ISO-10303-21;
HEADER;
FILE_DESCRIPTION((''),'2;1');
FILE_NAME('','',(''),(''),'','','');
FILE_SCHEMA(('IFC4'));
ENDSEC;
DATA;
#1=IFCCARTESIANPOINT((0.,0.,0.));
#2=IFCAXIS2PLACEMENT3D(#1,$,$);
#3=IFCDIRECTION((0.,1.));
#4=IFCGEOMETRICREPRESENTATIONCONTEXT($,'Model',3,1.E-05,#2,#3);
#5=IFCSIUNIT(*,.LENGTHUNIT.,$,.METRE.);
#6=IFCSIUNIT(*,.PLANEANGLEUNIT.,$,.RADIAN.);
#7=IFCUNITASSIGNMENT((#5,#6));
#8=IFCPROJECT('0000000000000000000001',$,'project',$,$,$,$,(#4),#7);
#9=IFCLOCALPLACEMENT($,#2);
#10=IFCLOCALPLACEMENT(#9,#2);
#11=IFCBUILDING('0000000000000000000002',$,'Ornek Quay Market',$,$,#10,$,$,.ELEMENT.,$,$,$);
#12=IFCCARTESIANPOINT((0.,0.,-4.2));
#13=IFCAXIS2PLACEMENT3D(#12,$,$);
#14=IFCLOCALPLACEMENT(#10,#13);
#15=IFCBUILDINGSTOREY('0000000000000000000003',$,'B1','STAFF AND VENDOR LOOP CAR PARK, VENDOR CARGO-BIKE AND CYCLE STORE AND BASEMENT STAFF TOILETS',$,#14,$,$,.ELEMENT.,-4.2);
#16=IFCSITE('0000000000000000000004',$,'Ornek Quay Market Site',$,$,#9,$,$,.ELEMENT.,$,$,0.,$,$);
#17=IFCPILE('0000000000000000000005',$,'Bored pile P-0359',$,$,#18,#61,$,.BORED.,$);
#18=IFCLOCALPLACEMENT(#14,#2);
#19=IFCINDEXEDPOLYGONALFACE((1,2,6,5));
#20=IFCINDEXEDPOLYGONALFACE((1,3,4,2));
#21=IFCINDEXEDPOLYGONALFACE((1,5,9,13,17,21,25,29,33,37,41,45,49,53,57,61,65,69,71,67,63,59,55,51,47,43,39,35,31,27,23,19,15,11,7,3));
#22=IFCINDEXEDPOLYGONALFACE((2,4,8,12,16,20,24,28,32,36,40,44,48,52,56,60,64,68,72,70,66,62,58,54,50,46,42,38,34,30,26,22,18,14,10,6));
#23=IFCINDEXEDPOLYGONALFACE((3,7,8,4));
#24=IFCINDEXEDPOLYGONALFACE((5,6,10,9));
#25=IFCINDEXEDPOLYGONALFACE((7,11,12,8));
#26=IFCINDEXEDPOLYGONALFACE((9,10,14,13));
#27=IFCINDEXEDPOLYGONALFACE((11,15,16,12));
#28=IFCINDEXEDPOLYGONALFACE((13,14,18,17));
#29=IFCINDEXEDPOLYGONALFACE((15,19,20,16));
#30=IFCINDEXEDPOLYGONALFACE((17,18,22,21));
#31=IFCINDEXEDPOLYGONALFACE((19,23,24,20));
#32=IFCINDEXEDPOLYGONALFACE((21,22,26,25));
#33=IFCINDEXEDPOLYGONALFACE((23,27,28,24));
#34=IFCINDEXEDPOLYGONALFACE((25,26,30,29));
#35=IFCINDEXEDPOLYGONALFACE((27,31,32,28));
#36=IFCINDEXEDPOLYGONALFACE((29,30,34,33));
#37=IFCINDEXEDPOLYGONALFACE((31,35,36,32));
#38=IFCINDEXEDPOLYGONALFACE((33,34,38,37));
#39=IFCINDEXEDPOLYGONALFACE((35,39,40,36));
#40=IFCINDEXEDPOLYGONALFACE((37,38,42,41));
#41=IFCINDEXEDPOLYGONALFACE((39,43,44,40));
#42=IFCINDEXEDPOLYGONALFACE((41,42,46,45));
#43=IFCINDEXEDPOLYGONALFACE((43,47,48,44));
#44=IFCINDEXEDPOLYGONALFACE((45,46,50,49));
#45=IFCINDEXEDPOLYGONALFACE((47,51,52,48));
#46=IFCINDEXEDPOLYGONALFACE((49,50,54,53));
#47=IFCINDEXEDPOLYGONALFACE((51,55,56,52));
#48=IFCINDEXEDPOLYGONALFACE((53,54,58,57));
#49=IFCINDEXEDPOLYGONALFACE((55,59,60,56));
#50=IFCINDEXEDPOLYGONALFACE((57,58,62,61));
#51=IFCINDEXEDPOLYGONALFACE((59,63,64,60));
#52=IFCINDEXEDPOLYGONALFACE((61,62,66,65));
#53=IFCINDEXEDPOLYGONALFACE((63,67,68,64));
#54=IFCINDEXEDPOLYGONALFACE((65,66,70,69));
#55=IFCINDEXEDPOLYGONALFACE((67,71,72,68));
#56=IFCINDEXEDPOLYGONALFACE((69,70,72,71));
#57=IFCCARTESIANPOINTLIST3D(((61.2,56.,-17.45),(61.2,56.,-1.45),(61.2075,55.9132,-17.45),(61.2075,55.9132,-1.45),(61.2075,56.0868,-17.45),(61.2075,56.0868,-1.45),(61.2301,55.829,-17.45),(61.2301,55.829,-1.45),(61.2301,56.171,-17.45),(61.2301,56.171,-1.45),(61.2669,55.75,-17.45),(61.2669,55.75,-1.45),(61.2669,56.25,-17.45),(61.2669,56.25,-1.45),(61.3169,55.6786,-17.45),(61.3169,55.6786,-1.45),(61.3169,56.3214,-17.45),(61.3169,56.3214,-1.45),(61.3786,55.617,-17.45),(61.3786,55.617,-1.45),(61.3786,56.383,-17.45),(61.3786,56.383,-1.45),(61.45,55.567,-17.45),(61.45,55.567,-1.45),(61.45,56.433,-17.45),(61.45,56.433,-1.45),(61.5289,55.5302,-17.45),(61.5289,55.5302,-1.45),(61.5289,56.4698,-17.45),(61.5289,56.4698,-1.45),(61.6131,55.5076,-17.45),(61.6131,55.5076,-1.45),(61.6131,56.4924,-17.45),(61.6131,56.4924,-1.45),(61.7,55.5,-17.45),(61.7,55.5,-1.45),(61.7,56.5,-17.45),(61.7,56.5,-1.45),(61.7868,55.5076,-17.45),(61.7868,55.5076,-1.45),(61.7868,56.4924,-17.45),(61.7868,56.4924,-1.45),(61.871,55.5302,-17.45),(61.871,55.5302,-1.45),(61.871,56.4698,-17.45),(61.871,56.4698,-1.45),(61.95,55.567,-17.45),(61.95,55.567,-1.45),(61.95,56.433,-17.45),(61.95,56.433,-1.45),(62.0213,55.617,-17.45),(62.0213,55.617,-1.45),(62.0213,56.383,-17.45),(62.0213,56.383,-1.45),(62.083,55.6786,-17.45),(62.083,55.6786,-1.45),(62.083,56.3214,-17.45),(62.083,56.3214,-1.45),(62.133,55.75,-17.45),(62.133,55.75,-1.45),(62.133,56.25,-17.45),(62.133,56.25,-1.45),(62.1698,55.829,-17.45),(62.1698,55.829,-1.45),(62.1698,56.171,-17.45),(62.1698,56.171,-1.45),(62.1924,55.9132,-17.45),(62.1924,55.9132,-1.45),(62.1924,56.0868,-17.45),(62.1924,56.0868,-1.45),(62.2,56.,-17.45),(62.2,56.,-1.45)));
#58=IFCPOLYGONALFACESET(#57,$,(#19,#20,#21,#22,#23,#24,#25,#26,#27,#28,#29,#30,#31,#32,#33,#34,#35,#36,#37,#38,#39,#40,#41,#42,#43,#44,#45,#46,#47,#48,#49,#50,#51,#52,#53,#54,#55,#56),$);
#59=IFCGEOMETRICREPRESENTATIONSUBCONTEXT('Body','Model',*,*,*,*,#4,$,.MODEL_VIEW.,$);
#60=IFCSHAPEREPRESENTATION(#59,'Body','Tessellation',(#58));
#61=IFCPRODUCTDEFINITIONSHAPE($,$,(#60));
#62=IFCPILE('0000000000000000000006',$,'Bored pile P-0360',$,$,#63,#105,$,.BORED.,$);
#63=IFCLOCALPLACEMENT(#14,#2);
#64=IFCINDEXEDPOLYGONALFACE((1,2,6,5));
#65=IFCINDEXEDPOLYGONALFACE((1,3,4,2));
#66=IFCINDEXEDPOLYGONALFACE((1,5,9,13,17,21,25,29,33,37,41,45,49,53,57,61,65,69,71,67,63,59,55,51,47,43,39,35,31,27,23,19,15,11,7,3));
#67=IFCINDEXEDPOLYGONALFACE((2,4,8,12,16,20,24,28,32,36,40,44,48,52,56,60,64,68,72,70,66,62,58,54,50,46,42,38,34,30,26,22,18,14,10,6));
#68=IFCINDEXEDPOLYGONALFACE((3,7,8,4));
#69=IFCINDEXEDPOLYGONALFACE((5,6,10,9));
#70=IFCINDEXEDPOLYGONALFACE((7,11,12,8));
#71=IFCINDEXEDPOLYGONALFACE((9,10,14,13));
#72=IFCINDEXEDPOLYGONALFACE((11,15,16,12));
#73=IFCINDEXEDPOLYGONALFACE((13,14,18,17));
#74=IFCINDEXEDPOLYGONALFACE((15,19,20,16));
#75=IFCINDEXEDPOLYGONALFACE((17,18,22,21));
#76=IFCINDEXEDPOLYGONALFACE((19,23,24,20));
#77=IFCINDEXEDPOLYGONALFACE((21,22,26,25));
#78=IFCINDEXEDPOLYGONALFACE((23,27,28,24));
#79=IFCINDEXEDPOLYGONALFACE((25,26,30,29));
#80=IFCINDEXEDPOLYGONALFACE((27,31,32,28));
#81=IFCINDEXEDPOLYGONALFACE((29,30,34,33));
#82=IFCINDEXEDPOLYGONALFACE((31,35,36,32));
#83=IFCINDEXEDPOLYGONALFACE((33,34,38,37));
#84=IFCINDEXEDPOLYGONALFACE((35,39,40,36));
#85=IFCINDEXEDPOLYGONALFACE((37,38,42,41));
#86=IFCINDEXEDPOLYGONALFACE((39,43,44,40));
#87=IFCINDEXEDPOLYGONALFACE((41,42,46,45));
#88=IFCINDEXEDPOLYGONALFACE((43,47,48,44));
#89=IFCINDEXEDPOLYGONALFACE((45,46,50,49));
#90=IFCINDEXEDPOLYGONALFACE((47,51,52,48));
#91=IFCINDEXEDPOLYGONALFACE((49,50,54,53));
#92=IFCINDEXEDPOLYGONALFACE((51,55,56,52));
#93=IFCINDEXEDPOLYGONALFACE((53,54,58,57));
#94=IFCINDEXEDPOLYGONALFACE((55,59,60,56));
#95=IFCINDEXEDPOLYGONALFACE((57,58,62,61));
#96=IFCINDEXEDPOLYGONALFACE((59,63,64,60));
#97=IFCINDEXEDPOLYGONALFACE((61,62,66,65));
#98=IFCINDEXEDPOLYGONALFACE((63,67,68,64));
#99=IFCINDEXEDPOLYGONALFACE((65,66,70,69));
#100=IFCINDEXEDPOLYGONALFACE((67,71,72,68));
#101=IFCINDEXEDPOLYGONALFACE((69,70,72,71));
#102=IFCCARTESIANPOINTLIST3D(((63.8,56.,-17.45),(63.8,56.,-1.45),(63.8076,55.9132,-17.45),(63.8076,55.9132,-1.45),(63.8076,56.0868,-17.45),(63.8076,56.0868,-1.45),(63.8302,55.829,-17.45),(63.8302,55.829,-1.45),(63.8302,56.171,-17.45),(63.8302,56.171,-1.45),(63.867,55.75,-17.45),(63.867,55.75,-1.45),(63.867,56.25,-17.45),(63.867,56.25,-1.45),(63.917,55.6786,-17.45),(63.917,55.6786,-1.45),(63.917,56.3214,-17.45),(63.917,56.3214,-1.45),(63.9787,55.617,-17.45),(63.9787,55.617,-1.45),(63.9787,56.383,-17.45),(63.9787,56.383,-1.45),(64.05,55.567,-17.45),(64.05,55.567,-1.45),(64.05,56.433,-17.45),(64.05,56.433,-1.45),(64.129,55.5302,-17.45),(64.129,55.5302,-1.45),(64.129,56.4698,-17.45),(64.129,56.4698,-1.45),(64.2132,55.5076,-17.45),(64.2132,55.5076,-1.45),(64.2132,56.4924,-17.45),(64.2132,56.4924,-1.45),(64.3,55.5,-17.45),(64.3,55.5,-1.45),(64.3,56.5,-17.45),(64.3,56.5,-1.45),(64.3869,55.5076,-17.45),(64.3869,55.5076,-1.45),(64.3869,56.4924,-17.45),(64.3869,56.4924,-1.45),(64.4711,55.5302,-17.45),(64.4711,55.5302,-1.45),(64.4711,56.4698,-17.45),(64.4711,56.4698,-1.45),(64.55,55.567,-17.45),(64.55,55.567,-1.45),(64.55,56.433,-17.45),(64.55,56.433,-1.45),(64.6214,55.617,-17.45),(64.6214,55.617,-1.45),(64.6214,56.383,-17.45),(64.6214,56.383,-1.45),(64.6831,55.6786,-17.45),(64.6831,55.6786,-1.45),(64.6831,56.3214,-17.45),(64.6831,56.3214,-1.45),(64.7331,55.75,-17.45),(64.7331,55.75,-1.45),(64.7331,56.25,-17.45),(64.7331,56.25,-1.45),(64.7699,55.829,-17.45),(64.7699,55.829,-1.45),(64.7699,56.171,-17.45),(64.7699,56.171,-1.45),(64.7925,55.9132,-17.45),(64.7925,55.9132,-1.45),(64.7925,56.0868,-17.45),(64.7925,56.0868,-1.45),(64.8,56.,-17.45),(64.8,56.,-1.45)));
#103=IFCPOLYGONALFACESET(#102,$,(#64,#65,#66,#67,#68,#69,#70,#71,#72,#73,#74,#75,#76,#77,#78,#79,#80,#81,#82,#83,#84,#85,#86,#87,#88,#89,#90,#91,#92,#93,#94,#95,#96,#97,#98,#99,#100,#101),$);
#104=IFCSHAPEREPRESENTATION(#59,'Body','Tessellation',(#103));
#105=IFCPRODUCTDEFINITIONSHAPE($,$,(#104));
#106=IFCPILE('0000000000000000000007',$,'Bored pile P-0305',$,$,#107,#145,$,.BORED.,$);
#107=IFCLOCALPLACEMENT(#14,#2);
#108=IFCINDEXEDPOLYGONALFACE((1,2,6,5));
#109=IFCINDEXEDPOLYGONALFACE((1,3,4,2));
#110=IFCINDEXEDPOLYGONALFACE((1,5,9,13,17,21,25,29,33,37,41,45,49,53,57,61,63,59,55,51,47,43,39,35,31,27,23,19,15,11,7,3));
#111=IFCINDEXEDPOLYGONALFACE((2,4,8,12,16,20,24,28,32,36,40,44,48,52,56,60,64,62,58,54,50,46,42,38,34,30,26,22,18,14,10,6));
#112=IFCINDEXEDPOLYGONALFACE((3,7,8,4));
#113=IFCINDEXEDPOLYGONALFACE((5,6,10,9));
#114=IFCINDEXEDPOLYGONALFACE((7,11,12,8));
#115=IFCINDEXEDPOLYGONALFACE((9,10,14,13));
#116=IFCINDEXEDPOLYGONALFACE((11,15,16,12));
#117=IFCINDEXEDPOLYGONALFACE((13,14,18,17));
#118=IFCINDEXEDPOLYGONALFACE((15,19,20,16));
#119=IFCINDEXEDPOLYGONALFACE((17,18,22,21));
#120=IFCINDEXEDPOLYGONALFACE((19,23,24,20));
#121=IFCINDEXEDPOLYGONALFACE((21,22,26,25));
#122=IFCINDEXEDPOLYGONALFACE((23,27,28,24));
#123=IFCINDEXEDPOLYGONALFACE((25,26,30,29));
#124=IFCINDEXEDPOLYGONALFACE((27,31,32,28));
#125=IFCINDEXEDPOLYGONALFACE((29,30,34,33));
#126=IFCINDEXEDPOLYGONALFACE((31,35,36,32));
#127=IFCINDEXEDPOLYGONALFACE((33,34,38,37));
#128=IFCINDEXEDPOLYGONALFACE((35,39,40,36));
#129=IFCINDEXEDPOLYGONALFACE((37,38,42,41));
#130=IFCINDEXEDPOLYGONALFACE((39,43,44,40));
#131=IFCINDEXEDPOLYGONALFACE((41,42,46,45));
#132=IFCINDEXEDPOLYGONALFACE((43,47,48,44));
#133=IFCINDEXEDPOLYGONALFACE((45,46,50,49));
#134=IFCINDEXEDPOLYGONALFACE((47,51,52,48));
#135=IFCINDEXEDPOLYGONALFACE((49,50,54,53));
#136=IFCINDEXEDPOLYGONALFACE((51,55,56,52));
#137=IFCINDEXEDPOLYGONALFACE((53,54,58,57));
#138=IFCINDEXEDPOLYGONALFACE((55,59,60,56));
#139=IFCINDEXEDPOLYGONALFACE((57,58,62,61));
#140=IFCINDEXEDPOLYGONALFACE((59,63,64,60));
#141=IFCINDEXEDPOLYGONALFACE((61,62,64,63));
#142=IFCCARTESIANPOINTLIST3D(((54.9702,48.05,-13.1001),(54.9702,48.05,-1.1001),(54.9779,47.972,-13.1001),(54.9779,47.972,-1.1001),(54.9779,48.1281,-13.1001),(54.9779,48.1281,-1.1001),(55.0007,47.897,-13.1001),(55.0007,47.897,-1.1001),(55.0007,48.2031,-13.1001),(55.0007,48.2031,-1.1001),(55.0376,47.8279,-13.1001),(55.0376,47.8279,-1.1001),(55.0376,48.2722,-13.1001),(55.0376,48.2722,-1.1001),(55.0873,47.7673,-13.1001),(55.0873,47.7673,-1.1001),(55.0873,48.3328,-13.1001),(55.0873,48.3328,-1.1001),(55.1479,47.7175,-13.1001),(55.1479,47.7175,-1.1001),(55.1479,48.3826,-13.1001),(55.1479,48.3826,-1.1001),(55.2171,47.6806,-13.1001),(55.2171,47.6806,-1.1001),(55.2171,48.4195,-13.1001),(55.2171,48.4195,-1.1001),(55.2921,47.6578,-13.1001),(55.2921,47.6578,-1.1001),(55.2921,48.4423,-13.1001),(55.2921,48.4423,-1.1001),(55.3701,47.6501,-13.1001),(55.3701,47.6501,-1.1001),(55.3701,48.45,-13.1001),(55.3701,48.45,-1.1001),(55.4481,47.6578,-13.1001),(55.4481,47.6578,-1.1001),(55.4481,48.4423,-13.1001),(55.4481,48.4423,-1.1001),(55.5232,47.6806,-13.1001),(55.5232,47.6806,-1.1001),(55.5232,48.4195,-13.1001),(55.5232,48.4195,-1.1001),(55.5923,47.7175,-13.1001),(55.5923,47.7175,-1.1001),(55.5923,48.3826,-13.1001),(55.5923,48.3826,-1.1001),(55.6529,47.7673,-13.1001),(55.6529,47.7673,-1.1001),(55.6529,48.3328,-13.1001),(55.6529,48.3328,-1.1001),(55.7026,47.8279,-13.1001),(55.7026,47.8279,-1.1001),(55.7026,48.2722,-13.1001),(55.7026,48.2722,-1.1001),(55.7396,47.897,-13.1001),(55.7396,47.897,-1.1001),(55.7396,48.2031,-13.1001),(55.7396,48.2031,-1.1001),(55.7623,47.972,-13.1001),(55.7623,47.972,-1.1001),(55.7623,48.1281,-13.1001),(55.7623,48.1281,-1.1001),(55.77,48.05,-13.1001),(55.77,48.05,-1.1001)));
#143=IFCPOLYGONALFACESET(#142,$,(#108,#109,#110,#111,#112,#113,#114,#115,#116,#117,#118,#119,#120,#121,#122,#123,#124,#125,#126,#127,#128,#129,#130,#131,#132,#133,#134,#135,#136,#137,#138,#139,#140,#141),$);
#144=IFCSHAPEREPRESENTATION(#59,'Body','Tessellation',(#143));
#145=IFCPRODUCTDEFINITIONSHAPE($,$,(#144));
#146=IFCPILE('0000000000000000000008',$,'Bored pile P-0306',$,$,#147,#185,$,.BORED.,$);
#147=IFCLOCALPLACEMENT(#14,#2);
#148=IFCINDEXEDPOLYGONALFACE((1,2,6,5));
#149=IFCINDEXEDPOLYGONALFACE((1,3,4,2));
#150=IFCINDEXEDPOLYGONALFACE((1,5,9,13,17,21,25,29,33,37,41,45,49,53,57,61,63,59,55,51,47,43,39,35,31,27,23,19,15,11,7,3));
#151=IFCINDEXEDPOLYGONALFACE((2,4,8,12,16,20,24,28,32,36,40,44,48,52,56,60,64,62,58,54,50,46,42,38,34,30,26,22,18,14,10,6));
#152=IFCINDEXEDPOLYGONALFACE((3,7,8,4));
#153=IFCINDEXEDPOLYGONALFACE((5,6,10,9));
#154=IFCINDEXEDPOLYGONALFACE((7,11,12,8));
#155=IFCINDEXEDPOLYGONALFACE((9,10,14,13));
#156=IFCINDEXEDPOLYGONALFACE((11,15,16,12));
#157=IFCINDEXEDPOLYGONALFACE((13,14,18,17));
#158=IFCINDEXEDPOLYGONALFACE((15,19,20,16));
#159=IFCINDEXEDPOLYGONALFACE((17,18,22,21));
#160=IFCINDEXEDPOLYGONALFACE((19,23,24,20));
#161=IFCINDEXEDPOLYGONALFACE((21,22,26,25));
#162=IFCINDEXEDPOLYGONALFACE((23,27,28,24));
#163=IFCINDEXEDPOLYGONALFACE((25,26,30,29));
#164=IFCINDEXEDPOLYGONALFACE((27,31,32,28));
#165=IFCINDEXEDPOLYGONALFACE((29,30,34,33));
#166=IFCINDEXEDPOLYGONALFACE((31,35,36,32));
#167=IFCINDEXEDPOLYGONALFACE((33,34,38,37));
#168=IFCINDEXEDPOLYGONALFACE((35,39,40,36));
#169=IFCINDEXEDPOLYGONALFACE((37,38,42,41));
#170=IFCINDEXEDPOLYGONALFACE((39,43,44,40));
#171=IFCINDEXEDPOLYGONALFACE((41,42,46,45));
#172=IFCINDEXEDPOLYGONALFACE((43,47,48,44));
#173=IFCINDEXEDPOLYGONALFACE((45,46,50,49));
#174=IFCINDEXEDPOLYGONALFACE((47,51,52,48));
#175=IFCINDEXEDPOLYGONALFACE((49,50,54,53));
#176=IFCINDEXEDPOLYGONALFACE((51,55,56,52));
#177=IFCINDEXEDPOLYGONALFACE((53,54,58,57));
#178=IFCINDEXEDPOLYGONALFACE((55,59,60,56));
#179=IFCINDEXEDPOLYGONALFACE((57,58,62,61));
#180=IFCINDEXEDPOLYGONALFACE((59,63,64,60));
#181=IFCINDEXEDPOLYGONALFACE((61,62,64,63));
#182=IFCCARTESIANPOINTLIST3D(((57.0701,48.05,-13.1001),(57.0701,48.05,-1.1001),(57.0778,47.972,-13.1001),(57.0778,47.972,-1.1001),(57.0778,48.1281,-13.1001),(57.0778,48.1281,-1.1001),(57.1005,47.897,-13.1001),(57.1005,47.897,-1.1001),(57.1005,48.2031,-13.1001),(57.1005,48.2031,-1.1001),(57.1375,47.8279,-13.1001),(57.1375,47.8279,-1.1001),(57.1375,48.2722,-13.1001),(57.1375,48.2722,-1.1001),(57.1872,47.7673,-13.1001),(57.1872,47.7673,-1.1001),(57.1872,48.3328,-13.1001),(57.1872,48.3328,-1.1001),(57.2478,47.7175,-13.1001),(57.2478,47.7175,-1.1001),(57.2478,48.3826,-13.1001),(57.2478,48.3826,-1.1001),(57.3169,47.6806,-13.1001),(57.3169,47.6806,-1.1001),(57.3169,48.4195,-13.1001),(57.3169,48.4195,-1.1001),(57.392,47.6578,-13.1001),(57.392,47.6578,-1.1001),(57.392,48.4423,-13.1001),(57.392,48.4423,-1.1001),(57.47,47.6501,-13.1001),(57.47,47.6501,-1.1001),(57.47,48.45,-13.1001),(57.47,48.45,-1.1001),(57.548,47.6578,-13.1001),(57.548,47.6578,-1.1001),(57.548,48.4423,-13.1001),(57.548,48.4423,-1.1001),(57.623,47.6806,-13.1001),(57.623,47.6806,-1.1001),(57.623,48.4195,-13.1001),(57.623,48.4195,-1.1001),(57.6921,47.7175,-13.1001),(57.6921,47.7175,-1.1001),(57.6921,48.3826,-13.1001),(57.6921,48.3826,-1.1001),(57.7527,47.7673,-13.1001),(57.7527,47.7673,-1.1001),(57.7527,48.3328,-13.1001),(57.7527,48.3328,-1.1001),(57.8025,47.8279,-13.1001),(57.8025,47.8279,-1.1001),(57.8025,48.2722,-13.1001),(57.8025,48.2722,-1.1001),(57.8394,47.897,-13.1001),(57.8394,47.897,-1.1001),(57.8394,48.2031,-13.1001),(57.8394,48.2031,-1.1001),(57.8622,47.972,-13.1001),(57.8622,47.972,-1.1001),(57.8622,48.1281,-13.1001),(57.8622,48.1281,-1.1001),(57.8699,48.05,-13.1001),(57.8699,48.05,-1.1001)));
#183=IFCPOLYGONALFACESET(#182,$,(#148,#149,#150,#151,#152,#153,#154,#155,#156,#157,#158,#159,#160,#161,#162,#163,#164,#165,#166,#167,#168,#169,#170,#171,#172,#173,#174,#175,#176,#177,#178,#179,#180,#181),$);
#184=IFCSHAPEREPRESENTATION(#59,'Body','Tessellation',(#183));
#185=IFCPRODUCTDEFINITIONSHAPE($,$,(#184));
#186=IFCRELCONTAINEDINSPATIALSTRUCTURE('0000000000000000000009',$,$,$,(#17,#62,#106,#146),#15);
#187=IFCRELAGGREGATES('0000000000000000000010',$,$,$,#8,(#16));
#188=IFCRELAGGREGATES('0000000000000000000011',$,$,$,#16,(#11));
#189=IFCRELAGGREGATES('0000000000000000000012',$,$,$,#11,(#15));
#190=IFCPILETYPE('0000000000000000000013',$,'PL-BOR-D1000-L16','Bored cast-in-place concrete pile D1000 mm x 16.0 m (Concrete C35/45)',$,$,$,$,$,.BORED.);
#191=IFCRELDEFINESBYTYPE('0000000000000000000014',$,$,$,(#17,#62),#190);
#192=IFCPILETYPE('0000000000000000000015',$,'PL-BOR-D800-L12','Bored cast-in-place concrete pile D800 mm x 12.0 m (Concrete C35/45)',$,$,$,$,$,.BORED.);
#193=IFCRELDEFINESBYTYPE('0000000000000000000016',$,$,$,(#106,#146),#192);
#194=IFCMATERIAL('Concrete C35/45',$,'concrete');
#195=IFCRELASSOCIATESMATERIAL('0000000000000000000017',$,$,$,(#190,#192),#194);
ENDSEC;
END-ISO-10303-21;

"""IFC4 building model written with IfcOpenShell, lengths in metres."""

from ifc_helpers import new_model, si_unit, direction, frame, origin, origin_2d, place, context, subcontext, project, spatial, circle, extrude, material, material_profile, profile_set, type_object, element, save


model = new_model("IFC4")

# Units and contexts
model_context = context("Model", 3, precision=1e-05, world=origin(), true_north=direction((0.0, 1.0)))
body_context = subcontext(model_context, "Body", "Model", "MODEL_VIEW")
ifc_project = project(units=[si_unit("LENGTHUNIT", "METRE"), si_unit("PLANEANGLEUNIT", "RADIAN")], contexts=[model_context])

# Site, building, storey
site_placement = place(None, origin())
site = spatial("IfcSite", under=ifc_project, at=site_placement, Name="Ornek Quay Market Site", CompositionType="ELEMENT", RefElevation=0.0)
building_placement = place(site_placement, origin())
building = spatial("IfcBuilding", under=site, at=building_placement, Name="Ornek Quay Market", CompositionType="ELEMENT")
storey_placement = place(building_placement, frame((0.0, 0.0, -4.2)))
storey = spatial("IfcBuildingStorey", under=building, at=storey_placement, Name="B1", Description="STAFF AND VENDOR LOOP CAR PARK, VENDOR CARGO-BIKE AND CYCLE STORE AND BASEMENT STAFF TOILETS", CompositionType="ELEMENT", Elevation=-4.2)

# Piles
ifc_material_1 = material(Name="Concrete C35/45", Category="concrete")
ifc_material_profile_1 = material_profile(ifc_material_1, circle(Radius=0.5, at=origin_2d()), Name="PILE D1000", Category="concrete")
ifc_profile_set_1 = profile_set([ifc_material_profile_1], Name="Concrete C35/45")
pile_type_1 = type_object("IfcPileType", Name="PL-BOR-D1000-L16", Description="Bored cast-in-place concrete pile D1000 mm x 16.0 m (Concrete C35/45)", PredefinedType="BORED", material=ifc_profile_set_1)
for number, where, z_axis, x_axis, name in (
    (1, (61.7, 56.0, -1.45), (0.0, 0.0, -1.0), (1.0, 0.0, 0.0), "Bored pile P-0359"),
    (2, (64.3, 56.0, -1.45), (0.0, 0.0, -1.0), (1.0, 0.0, 0.0), "Bored pile P-0360"),
):
    element("IfcPile", number, at=place(storey_placement, frame(where, z_axis=z_axis, x_axis=x_axis)), inside=storey, type_object=pile_type_1, Name=name, PredefinedType="BORED", context=body_context, shape_type="SweptSolid", body=[
        extrude(circle(Radius=0.5, at=origin_2d()), origin(), (0.0, 0.0, 1.0), 16.0),
    ])
ifc_material_profile_2 = material_profile(ifc_material_1, circle(Radius=0.3999, at=origin_2d()), Name="PILE D800", Category="concrete")
ifc_profile_set_2 = profile_set([ifc_material_profile_2], Name="Concrete C35/45")
pile_type_2 = type_object("IfcPileType", Name="PL-BOR-D800-L12", Description="Bored cast-in-place concrete pile D800 mm x 12.0 m (Concrete C35/45)", PredefinedType="BORED", material=ifc_profile_set_2)
for number, where, z_axis, x_axis, name in (
    (3, (55.3701, 48.05, -1.1001), (0.0, 0.0, -1.0), (1.0, 0.0, 0.0), "Bored pile P-0305"),
    (4, (57.47, 48.05, -1.1001), (0.0, 0.0, -1.0), (1.0, 0.0, 0.0), "Bored pile P-0306"),
):
    element("IfcPile", number, at=place(storey_placement, frame(where, z_axis=z_axis, x_axis=x_axis)), inside=storey, type_object=pile_type_2, Name=name, PredefinedType="BORED", context=body_context, shape_type="SweptSolid", body=[
        extrude(circle(Radius=0.3999, at=origin_2d()), origin(), (0.0, 0.0, 1.0), 12.0),
    ])

save(model, "model.ifc")
